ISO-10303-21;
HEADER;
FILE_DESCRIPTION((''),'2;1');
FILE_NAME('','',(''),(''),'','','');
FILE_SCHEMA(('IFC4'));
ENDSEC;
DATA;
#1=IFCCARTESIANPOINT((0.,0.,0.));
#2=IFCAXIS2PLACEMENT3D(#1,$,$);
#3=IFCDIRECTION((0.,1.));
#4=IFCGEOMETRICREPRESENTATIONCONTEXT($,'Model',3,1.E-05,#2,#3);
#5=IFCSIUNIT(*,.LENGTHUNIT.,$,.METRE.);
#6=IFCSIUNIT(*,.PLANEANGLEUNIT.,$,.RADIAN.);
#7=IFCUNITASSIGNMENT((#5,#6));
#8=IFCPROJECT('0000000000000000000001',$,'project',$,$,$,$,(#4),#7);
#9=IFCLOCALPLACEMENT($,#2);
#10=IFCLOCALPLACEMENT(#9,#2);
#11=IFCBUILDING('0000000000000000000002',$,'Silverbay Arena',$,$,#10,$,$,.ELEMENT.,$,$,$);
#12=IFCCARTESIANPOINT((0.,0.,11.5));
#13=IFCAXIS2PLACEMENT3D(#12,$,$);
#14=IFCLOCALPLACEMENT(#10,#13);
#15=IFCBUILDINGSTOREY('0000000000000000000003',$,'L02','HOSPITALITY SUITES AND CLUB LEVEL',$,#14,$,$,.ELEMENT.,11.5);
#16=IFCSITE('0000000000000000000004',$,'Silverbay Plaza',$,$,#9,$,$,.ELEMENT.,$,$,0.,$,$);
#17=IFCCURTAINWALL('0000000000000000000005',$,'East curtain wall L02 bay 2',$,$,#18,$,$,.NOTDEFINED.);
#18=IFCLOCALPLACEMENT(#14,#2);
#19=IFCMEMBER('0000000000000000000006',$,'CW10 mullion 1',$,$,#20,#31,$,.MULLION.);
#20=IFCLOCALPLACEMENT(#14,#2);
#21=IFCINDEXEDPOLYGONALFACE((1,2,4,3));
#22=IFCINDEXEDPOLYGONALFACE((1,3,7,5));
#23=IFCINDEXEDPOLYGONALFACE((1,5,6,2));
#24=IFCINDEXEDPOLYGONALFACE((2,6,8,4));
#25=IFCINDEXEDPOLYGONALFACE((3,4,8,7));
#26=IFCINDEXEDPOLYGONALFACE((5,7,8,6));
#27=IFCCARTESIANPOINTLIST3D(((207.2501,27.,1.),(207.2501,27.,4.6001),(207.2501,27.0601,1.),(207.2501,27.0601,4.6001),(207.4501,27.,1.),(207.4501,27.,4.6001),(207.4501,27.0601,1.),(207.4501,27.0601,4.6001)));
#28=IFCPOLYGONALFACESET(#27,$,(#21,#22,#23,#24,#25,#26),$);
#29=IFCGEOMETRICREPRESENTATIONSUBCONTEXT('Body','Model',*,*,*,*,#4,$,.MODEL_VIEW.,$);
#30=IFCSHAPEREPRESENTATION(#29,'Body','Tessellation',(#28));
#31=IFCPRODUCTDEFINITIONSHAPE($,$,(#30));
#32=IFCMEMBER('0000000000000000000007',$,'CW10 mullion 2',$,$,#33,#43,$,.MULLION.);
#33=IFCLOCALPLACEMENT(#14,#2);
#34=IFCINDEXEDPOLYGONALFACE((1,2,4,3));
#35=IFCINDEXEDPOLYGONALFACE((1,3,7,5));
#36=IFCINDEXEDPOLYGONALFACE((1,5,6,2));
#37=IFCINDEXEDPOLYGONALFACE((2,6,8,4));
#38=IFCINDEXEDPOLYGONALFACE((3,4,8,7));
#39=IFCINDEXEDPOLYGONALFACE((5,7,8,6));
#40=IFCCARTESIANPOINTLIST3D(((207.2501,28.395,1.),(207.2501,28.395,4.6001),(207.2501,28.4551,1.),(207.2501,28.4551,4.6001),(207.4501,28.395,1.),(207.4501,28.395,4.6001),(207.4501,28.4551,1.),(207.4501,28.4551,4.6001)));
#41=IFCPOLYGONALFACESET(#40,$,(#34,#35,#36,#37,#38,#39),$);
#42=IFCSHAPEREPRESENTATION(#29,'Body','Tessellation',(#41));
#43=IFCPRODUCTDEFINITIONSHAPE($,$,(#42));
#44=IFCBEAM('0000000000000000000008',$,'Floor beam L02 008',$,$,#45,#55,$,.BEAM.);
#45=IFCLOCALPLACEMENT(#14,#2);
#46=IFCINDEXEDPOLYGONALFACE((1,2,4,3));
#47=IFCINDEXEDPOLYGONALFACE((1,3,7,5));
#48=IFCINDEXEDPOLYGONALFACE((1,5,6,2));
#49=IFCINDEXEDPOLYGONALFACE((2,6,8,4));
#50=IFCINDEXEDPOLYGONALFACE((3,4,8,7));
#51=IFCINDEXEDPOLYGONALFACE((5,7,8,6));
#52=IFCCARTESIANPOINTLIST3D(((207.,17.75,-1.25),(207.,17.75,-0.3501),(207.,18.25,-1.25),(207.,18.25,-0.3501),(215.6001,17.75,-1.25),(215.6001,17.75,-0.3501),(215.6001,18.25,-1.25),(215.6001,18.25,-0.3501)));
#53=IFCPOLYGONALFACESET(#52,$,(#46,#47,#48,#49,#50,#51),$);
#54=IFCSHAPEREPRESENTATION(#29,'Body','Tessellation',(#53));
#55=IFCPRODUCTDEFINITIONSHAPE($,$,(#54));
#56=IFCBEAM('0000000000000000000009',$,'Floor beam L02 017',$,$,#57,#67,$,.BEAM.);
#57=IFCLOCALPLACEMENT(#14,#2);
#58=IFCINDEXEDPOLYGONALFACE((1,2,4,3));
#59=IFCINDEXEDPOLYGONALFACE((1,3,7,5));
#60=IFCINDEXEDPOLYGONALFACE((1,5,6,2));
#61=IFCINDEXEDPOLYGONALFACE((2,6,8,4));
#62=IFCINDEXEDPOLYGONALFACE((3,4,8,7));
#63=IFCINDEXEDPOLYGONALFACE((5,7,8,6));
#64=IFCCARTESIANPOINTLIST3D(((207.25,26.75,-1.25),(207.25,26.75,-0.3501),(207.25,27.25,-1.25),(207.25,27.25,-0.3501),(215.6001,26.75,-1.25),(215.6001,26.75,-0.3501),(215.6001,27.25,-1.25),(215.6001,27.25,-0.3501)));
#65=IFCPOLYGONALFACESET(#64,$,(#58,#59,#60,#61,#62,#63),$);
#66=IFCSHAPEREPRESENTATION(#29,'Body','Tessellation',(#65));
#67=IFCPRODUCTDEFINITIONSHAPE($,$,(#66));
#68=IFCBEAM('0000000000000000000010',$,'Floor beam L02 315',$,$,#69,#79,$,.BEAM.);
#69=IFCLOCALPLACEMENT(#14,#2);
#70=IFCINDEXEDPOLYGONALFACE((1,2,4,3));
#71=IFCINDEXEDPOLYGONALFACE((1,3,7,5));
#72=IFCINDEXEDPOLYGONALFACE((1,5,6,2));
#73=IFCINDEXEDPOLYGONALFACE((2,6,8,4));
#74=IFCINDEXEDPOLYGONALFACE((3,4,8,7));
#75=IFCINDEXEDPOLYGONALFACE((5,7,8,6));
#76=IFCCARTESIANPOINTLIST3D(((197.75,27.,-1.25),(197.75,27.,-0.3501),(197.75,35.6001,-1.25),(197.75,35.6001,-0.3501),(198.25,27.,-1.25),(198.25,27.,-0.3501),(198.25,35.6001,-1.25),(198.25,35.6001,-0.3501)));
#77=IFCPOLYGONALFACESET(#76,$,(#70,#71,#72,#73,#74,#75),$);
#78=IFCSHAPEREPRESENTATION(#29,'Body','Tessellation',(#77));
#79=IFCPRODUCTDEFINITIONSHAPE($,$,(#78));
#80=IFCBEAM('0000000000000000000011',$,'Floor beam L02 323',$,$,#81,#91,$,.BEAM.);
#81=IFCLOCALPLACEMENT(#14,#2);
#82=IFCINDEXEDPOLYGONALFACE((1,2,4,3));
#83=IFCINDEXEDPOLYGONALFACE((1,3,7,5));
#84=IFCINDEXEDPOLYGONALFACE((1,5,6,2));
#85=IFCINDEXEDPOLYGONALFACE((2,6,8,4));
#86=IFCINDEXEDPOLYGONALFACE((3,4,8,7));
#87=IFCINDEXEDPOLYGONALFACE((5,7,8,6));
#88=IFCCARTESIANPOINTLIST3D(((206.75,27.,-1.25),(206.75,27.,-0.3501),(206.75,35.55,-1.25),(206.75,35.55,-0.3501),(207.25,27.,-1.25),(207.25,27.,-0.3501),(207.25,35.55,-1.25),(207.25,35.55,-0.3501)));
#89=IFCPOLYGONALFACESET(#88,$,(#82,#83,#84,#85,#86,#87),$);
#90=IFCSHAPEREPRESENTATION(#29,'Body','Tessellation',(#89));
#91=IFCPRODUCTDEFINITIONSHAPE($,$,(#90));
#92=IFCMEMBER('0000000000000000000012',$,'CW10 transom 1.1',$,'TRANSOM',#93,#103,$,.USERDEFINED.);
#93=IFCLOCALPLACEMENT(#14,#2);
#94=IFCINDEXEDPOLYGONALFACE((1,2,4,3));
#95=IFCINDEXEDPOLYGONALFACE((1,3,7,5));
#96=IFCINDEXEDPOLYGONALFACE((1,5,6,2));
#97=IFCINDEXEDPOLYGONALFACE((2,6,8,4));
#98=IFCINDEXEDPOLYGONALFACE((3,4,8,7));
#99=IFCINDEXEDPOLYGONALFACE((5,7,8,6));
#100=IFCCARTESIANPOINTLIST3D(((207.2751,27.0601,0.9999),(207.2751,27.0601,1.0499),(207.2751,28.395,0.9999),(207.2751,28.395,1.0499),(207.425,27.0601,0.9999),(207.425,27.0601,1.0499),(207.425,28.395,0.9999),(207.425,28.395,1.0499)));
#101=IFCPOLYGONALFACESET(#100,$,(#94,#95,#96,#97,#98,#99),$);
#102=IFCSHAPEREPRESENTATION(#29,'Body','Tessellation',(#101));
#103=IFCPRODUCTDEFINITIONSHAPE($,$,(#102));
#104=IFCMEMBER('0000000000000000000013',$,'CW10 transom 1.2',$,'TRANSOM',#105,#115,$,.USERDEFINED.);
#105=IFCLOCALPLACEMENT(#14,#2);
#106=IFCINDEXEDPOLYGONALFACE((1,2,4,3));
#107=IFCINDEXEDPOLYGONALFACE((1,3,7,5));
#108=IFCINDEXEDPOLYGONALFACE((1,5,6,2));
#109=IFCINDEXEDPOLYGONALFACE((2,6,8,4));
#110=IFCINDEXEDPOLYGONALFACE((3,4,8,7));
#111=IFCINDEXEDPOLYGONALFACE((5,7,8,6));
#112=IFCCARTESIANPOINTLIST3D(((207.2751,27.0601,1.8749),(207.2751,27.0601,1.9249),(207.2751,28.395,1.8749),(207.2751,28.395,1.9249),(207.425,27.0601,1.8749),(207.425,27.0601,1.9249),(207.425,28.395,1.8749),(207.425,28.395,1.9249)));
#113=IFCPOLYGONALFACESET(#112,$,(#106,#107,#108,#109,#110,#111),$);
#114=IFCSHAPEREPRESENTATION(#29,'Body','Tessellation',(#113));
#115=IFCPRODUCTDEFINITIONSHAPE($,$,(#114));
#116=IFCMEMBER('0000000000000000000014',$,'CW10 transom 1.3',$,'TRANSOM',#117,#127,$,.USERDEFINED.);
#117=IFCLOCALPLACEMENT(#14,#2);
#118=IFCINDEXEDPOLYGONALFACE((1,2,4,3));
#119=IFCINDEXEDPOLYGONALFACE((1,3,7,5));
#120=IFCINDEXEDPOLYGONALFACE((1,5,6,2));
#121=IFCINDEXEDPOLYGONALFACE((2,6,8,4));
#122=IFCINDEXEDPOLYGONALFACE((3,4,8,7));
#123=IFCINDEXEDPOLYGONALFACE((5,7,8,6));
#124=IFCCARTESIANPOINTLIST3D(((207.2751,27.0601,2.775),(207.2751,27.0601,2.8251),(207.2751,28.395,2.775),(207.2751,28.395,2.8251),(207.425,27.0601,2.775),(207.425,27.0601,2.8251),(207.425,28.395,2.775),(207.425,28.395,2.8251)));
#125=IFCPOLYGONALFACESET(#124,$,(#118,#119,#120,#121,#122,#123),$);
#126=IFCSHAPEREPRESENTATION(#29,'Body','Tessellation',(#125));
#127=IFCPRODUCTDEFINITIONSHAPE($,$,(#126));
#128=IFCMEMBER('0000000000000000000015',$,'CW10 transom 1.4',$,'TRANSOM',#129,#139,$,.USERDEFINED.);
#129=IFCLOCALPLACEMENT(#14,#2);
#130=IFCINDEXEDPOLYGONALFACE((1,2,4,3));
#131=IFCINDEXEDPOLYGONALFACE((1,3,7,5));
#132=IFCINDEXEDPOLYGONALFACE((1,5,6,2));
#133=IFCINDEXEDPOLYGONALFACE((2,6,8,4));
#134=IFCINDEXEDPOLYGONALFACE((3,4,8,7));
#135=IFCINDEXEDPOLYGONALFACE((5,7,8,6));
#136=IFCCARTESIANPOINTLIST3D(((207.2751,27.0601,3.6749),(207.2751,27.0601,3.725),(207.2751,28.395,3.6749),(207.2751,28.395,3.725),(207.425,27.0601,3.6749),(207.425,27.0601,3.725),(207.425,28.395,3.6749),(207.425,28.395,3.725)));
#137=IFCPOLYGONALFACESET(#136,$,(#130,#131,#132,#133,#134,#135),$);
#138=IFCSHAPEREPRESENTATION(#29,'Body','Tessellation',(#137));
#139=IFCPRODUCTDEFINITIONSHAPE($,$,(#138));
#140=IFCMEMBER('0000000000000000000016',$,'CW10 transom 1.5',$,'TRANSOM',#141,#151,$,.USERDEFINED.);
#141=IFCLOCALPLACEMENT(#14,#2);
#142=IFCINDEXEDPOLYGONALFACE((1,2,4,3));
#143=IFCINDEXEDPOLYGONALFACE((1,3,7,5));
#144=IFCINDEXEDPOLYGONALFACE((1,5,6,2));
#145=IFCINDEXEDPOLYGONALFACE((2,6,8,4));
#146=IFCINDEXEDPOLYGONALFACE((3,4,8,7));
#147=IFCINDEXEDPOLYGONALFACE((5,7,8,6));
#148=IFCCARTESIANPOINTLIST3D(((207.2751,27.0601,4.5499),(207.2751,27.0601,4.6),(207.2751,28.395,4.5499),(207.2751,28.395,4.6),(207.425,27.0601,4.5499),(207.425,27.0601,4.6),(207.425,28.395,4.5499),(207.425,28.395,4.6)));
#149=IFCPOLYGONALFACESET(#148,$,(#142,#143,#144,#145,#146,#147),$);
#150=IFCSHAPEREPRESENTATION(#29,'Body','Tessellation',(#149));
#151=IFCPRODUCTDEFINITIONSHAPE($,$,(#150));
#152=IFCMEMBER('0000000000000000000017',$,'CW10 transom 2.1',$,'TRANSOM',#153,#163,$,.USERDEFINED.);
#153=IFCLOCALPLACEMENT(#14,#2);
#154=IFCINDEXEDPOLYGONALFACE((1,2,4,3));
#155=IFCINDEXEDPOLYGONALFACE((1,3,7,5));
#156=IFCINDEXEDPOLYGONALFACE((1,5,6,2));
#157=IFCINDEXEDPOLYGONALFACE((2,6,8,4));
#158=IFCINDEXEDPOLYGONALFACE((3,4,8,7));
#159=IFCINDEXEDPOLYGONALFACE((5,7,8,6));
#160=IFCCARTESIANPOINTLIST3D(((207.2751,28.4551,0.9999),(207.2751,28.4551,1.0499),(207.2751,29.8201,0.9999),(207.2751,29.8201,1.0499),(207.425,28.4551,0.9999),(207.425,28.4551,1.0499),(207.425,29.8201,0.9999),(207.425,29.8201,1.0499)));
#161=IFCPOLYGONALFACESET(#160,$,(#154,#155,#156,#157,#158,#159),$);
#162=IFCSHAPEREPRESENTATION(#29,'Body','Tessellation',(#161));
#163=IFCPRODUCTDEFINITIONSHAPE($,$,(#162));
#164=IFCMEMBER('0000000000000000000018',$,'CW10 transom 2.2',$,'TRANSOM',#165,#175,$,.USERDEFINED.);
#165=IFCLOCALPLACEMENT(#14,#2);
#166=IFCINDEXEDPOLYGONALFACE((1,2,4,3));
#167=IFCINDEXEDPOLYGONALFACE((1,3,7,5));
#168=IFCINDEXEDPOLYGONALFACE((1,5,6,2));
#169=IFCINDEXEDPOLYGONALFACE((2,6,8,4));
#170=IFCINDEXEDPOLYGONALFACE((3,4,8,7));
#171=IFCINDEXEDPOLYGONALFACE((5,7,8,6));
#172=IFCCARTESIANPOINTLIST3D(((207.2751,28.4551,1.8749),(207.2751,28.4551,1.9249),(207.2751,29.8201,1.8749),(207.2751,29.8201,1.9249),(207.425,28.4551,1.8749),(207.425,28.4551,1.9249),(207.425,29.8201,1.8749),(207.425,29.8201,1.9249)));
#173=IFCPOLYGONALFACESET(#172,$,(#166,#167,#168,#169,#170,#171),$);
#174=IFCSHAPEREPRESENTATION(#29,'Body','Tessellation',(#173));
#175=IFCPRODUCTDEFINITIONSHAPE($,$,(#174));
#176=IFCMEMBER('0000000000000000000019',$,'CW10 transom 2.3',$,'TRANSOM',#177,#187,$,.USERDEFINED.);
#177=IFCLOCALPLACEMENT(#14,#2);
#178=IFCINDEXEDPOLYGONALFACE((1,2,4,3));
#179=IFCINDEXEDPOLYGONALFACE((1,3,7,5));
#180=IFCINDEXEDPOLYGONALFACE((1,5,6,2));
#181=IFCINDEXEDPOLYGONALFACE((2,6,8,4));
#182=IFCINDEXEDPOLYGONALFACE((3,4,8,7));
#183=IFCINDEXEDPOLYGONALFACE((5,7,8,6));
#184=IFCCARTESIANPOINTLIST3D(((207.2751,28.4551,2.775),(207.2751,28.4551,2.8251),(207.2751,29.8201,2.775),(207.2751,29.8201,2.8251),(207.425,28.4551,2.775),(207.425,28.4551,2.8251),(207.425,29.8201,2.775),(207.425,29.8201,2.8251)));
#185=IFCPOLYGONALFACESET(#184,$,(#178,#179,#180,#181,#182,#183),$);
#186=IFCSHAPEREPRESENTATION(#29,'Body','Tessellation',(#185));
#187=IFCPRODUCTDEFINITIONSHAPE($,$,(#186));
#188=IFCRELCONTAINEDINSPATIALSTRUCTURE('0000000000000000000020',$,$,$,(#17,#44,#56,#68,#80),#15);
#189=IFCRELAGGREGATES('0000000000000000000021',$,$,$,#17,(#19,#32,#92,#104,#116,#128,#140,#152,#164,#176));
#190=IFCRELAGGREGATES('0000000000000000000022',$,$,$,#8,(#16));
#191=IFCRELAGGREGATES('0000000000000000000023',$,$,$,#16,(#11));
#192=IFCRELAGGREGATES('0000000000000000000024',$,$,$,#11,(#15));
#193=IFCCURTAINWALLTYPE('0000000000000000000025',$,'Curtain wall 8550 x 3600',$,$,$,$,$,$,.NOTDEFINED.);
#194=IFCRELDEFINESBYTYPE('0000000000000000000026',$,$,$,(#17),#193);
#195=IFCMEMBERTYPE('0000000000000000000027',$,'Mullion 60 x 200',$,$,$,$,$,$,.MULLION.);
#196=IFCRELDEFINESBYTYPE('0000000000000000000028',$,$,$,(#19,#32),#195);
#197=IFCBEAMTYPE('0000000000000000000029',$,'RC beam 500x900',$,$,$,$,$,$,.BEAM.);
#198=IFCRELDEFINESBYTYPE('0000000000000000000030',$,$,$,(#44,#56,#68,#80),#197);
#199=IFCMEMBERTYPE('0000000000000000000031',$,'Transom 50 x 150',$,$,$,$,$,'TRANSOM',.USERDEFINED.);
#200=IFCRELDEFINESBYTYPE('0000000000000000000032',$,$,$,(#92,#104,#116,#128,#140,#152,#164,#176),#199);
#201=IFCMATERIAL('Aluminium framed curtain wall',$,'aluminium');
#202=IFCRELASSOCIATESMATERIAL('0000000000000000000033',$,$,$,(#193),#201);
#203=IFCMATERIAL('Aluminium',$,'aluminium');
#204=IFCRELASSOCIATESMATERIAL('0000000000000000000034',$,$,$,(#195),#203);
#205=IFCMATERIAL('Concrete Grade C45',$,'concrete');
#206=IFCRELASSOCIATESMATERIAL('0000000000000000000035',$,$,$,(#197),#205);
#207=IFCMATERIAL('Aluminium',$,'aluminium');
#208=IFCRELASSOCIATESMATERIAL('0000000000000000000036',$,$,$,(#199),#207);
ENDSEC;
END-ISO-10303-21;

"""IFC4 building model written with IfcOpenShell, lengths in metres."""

from ifc_helpers import new_model, si_unit, direction, frame, origin, origin_2d, place, context, subcontext, project, spatial, rectangle, extrude, material, material_profile, profile_set, type_object, element, aggregate, save


model = new_model("IFC4")

# Units and contexts
model_context = context("Model", 3, precision=1e-05, world=origin(), true_north=direction((0.0, 1.0)))
body_context = subcontext(model_context, "Body", "Model", "MODEL_VIEW")
ifc_project = project(units=[si_unit("LENGTHUNIT", "METRE"), si_unit("PLANEANGLEUNIT", "RADIAN")], contexts=[model_context])

# Site, building, storey
site_placement = place(None, origin())
site = spatial("IfcSite", under=ifc_project, at=site_placement, Name="Silverbay Plaza", CompositionType="ELEMENT", RefElevation=0.0)
building_placement = place(site_placement, origin())
building = spatial("IfcBuilding", under=site, at=building_placement, Name="Silverbay Arena", CompositionType="ELEMENT")
storey_placement = place(building_placement, frame((0.0, 0.0, 11.5)))
storey = spatial("IfcBuildingStorey", under=building, at=storey_placement, Name="L02", Description="HOSPITALITY SUITES AND CLUB LEVEL", CompositionType="ELEMENT", Elevation=11.5)

# Curtain wall, members
ifc_material_1 = material(Name="Aluminium framed curtain wall", Category="aluminium")
curtain_wall_type = type_object("IfcCurtainWallType", Name="Curtain wall 8550 x 3600", PredefinedType="NOTDEFINED", material=ifc_material_1)
curtain_wall_placement = place(storey_placement, origin())
curtain_wall = element("IfcCurtainWall", 1, at=curtain_wall_placement, inside=storey, type_object=curtain_wall_type, Name="East curtain wall L02 bay 2", PredefinedType="NOTDEFINED")
ifc_material_2 = material(Name="Aluminium", Category="aluminium")
ifc_material_profile_1 = material_profile(ifc_material_2, rectangle(XDim=0.2, YDim=0.0601, at=origin_2d()), Name="Mullion 60 x 200")
ifc_profile_set_1 = profile_set([ifc_material_profile_1], Name="Aluminium")
member_type_1 = type_object("IfcMemberType", Name="Mullion 60 x 200", PredefinedType="MULLION", material=ifc_profile_set_1)
member_1_placement = place(storey_placement, frame((207.3501, 27.03, 1.0), z_axis=(0.0, 0.0, 1.0), x_axis=(-1.0, 0.0, 0.0)))
member_1 = element("IfcMember", 2, at=member_1_placement, type_object=member_type_1, Name="CW10 mullion 1", PredefinedType="MULLION", context=body_context, shape_type="SweptSolid", body=[
    extrude(rectangle(XDim=0.2, YDim=0.0601, at=origin_2d()), origin(), (0.0, 0.0, 1.0), 3.6001),
])
member_2_placement = place(storey_placement, frame((207.3501, 28.425, 1.0), z_axis=(0.0, 0.0, 1.0), x_axis=(-1.0, 0.0, 0.0)))
member_2 = element("IfcMember", 3, at=member_2_placement, type_object=member_type_1, Name="CW10 mullion 2", PredefinedType="MULLION", context=body_context, shape_type="SweptSolid", body=[
    extrude(rectangle(XDim=0.2, YDim=0.0601, at=origin_2d()), origin(), (0.0, 0.0, 1.0), 3.6001),
])

# Beams
ifc_material_3 = material(Name="Concrete Grade C45", Category="concrete")
ifc_material_profile_2 = material_profile(ifc_material_3, rectangle(XDim=0.5, YDim=0.8999, at=origin_2d()), Name="RC 500x900")
ifc_profile_set_2 = profile_set([ifc_material_profile_2], Name="Concrete Grade C45")
beam_type = type_object("IfcBeamType", Name="RC beam 500x900", PredefinedType="BEAM", material=ifc_profile_set_2)
beam_1_placement = place(storey_placement, frame((207.0, 18.0, -0.8), z_axis=(1.0, 0.0, 0.0), x_axis=(0.0, 1.0, 0.0)))
element("IfcBeam", 4, at=beam_1_placement, inside=storey, type_object=beam_type, Name="Floor beam L02 008", PredefinedType="BEAM", context=body_context, shape_type="SweptSolid", body=[
    extrude(rectangle(XDim=0.5, YDim=0.8999, at=origin_2d()), origin(), (0.0, 0.0, 1.0), 8.6001),
])
beam_2_placement = place(storey_placement, frame((207.25, 27.0, -0.8), z_axis=(1.0, 0.0, 0.0), x_axis=(0.0, 1.0, 0.0)))
element("IfcBeam", 5, at=beam_2_placement, inside=storey, type_object=beam_type, Name="Floor beam L02 017", PredefinedType="BEAM", context=body_context, shape_type="SweptSolid", body=[
    extrude(rectangle(XDim=0.5, YDim=0.8999, at=origin_2d()), origin(), (0.0, 0.0, 1.0), 8.3501),
])
beam_3_placement = place(storey_placement, frame((198.0, 27.0, -0.8), z_axis=(0.0, 1.0, 0.0), x_axis=(-1.0, 0.0, 0.0)))
element("IfcBeam", 6, at=beam_3_placement, inside=storey, type_object=beam_type, Name="Floor beam L02 315", PredefinedType="BEAM", context=body_context, shape_type="SweptSolid", body=[
    extrude(rectangle(XDim=0.5, YDim=0.8999, at=origin_2d()), origin(), (0.0, 0.0, 1.0), 8.6001),
])
beam_4_placement = place(storey_placement, frame((207.0, 27.0, -0.8), z_axis=(0.0, 1.0, 0.0), x_axis=(-1.0, 0.0, 0.0)))
element("IfcBeam", 7, at=beam_4_placement, inside=storey, type_object=beam_type, Name="Floor beam L02 323", PredefinedType="BEAM", context=body_context, shape_type="SweptSolid", body=[
    extrude(rectangle(XDim=0.5, YDim=0.8999, at=origin_2d()), origin(), (0.0, 0.0, 1.0), 8.55),
])

# Members
ifc_material_4 = material(Name="Aluminium", Category="aluminium")
ifc_material_profile_3 = material_profile(ifc_material_4, rectangle(XDim=0.1499, YDim=0.05, at=origin_2d()), Name="Transom 50 x 150")
ifc_profile_set_3 = profile_set([ifc_material_profile_3], Name="Aluminium")
member_type_2 = type_object("IfcMemberType", Name="Transom 50 x 150", ElementType="TRANSOM", PredefinedType="USERDEFINED", material=ifc_profile_set_3)
member_3_placement = place(storey_placement, frame((207.3501, 27.0601, 1.0249), z_axis=(0.0, 1.0, 0.0), x_axis=(-1.0, 0.0, 0.0)))
member_3 = element("IfcMember", 8, at=member_3_placement, type_object=member_type_2, Name="CW10 transom 1.1", ObjectType="TRANSOM", PredefinedType="USERDEFINED", context=body_context, shape_type="SweptSolid", body=[
    extrude(rectangle(XDim=0.1499, YDim=0.05, at=origin_2d()), origin(), (0.0, 0.0, 1.0), 1.335),
])
member_4_placement = place(storey_placement, frame((207.3501, 27.0601, 1.8999), z_axis=(0.0, 1.0, 0.0), x_axis=(-1.0, 0.0, 0.0)))
member_4 = element("IfcMember", 9, at=member_4_placement, type_object=member_type_2, Name="CW10 transom 1.2", ObjectType="TRANSOM", PredefinedType="USERDEFINED", context=body_context, shape_type="SweptSolid", body=[
    extrude(rectangle(XDim=0.1499, YDim=0.05, at=origin_2d()), origin(), (0.0, 0.0, 1.0), 1.335),
])
member_5_placement = place(storey_placement, frame((207.3501, 27.0601, 2.8), z_axis=(0.0, 1.0, 0.0), x_axis=(-1.0, 0.0, 0.0)))
member_5 = element("IfcMember", 10, at=member_5_placement, type_object=member_type_2, Name="CW10 transom 1.3", ObjectType="TRANSOM", PredefinedType="USERDEFINED", context=body_context, shape_type="SweptSolid", body=[
    extrude(rectangle(XDim=0.1499, YDim=0.05, at=origin_2d()), origin(), (0.0, 0.0, 1.0), 1.335),
])
member_6_placement = place(storey_placement, frame((207.3501, 27.0601, 3.7), z_axis=(0.0, 1.0, 0.0), x_axis=(-1.0, 0.0, 0.0)))
member_6 = element("IfcMember", 11, at=member_6_placement, type_object=member_type_2, Name="CW10 transom 1.4", ObjectType="TRANSOM", PredefinedType="USERDEFINED", context=body_context, shape_type="SweptSolid", body=[
    extrude(rectangle(XDim=0.1499, YDim=0.05, at=origin_2d()), origin(), (0.0, 0.0, 1.0), 1.335),
])
member_7_placement = place(storey_placement, frame((207.3501, 27.0601, 4.575), z_axis=(0.0, 1.0, 0.0), x_axis=(-1.0, 0.0, 0.0)))
member_7 = element("IfcMember", 12, at=member_7_placement, type_object=member_type_2, Name="CW10 transom 1.5", ObjectType="TRANSOM", PredefinedType="USERDEFINED", context=body_context, shape_type="SweptSolid", body=[
    extrude(rectangle(XDim=0.1499, YDim=0.05, at=origin_2d()), origin(), (0.0, 0.0, 1.0), 1.335),
])
member_8_placement = place(storey_placement, frame((207.3501, 28.4551, 1.0249), z_axis=(0.0, 1.0, 0.0), x_axis=(-1.0, 0.0, 0.0)))
member_8 = element("IfcMember", 13, at=member_8_placement, type_object=member_type_2, Name="CW10 transom 2.1", ObjectType="TRANSOM", PredefinedType="USERDEFINED", context=body_context, shape_type="SweptSolid", body=[
    extrude(rectangle(XDim=0.1499, YDim=0.05, at=origin_2d()), origin(), (0.0, 0.0, 1.0), 1.365),
])
member_9_placement = place(storey_placement, frame((207.3501, 28.4551, 1.8999), z_axis=(0.0, 1.0, 0.0), x_axis=(-1.0, 0.0, 0.0)))
member_9 = element("IfcMember", 14, at=member_9_placement, type_object=member_type_2, Name="CW10 transom 2.2", ObjectType="TRANSOM", PredefinedType="USERDEFINED", context=body_context, shape_type="SweptSolid", body=[
    extrude(rectangle(XDim=0.1499, YDim=0.05, at=origin_2d()), origin(), (0.0, 0.0, 1.0), 1.365),
])
member_10_placement = place(storey_placement, frame((207.3501, 28.4551, 2.8), z_axis=(0.0, 1.0, 0.0), x_axis=(-1.0, 0.0, 0.0)))
member_10 = element("IfcMember", 15, at=member_10_placement, type_object=member_type_2, Name="CW10 transom 2.3", ObjectType="TRANSOM", PredefinedType="USERDEFINED", context=body_context, shape_type="SweptSolid", body=[
    extrude(rectangle(XDim=0.1499, YDim=0.05, at=origin_2d()), origin(), (0.0, 0.0, 1.0), 1.365),
])

aggregate(curtain_wall, [member_1, member_2, member_3, member_4, member_5, member_6, member_7, member_8, member_9, member_10])

save(model, "model.ifc")
